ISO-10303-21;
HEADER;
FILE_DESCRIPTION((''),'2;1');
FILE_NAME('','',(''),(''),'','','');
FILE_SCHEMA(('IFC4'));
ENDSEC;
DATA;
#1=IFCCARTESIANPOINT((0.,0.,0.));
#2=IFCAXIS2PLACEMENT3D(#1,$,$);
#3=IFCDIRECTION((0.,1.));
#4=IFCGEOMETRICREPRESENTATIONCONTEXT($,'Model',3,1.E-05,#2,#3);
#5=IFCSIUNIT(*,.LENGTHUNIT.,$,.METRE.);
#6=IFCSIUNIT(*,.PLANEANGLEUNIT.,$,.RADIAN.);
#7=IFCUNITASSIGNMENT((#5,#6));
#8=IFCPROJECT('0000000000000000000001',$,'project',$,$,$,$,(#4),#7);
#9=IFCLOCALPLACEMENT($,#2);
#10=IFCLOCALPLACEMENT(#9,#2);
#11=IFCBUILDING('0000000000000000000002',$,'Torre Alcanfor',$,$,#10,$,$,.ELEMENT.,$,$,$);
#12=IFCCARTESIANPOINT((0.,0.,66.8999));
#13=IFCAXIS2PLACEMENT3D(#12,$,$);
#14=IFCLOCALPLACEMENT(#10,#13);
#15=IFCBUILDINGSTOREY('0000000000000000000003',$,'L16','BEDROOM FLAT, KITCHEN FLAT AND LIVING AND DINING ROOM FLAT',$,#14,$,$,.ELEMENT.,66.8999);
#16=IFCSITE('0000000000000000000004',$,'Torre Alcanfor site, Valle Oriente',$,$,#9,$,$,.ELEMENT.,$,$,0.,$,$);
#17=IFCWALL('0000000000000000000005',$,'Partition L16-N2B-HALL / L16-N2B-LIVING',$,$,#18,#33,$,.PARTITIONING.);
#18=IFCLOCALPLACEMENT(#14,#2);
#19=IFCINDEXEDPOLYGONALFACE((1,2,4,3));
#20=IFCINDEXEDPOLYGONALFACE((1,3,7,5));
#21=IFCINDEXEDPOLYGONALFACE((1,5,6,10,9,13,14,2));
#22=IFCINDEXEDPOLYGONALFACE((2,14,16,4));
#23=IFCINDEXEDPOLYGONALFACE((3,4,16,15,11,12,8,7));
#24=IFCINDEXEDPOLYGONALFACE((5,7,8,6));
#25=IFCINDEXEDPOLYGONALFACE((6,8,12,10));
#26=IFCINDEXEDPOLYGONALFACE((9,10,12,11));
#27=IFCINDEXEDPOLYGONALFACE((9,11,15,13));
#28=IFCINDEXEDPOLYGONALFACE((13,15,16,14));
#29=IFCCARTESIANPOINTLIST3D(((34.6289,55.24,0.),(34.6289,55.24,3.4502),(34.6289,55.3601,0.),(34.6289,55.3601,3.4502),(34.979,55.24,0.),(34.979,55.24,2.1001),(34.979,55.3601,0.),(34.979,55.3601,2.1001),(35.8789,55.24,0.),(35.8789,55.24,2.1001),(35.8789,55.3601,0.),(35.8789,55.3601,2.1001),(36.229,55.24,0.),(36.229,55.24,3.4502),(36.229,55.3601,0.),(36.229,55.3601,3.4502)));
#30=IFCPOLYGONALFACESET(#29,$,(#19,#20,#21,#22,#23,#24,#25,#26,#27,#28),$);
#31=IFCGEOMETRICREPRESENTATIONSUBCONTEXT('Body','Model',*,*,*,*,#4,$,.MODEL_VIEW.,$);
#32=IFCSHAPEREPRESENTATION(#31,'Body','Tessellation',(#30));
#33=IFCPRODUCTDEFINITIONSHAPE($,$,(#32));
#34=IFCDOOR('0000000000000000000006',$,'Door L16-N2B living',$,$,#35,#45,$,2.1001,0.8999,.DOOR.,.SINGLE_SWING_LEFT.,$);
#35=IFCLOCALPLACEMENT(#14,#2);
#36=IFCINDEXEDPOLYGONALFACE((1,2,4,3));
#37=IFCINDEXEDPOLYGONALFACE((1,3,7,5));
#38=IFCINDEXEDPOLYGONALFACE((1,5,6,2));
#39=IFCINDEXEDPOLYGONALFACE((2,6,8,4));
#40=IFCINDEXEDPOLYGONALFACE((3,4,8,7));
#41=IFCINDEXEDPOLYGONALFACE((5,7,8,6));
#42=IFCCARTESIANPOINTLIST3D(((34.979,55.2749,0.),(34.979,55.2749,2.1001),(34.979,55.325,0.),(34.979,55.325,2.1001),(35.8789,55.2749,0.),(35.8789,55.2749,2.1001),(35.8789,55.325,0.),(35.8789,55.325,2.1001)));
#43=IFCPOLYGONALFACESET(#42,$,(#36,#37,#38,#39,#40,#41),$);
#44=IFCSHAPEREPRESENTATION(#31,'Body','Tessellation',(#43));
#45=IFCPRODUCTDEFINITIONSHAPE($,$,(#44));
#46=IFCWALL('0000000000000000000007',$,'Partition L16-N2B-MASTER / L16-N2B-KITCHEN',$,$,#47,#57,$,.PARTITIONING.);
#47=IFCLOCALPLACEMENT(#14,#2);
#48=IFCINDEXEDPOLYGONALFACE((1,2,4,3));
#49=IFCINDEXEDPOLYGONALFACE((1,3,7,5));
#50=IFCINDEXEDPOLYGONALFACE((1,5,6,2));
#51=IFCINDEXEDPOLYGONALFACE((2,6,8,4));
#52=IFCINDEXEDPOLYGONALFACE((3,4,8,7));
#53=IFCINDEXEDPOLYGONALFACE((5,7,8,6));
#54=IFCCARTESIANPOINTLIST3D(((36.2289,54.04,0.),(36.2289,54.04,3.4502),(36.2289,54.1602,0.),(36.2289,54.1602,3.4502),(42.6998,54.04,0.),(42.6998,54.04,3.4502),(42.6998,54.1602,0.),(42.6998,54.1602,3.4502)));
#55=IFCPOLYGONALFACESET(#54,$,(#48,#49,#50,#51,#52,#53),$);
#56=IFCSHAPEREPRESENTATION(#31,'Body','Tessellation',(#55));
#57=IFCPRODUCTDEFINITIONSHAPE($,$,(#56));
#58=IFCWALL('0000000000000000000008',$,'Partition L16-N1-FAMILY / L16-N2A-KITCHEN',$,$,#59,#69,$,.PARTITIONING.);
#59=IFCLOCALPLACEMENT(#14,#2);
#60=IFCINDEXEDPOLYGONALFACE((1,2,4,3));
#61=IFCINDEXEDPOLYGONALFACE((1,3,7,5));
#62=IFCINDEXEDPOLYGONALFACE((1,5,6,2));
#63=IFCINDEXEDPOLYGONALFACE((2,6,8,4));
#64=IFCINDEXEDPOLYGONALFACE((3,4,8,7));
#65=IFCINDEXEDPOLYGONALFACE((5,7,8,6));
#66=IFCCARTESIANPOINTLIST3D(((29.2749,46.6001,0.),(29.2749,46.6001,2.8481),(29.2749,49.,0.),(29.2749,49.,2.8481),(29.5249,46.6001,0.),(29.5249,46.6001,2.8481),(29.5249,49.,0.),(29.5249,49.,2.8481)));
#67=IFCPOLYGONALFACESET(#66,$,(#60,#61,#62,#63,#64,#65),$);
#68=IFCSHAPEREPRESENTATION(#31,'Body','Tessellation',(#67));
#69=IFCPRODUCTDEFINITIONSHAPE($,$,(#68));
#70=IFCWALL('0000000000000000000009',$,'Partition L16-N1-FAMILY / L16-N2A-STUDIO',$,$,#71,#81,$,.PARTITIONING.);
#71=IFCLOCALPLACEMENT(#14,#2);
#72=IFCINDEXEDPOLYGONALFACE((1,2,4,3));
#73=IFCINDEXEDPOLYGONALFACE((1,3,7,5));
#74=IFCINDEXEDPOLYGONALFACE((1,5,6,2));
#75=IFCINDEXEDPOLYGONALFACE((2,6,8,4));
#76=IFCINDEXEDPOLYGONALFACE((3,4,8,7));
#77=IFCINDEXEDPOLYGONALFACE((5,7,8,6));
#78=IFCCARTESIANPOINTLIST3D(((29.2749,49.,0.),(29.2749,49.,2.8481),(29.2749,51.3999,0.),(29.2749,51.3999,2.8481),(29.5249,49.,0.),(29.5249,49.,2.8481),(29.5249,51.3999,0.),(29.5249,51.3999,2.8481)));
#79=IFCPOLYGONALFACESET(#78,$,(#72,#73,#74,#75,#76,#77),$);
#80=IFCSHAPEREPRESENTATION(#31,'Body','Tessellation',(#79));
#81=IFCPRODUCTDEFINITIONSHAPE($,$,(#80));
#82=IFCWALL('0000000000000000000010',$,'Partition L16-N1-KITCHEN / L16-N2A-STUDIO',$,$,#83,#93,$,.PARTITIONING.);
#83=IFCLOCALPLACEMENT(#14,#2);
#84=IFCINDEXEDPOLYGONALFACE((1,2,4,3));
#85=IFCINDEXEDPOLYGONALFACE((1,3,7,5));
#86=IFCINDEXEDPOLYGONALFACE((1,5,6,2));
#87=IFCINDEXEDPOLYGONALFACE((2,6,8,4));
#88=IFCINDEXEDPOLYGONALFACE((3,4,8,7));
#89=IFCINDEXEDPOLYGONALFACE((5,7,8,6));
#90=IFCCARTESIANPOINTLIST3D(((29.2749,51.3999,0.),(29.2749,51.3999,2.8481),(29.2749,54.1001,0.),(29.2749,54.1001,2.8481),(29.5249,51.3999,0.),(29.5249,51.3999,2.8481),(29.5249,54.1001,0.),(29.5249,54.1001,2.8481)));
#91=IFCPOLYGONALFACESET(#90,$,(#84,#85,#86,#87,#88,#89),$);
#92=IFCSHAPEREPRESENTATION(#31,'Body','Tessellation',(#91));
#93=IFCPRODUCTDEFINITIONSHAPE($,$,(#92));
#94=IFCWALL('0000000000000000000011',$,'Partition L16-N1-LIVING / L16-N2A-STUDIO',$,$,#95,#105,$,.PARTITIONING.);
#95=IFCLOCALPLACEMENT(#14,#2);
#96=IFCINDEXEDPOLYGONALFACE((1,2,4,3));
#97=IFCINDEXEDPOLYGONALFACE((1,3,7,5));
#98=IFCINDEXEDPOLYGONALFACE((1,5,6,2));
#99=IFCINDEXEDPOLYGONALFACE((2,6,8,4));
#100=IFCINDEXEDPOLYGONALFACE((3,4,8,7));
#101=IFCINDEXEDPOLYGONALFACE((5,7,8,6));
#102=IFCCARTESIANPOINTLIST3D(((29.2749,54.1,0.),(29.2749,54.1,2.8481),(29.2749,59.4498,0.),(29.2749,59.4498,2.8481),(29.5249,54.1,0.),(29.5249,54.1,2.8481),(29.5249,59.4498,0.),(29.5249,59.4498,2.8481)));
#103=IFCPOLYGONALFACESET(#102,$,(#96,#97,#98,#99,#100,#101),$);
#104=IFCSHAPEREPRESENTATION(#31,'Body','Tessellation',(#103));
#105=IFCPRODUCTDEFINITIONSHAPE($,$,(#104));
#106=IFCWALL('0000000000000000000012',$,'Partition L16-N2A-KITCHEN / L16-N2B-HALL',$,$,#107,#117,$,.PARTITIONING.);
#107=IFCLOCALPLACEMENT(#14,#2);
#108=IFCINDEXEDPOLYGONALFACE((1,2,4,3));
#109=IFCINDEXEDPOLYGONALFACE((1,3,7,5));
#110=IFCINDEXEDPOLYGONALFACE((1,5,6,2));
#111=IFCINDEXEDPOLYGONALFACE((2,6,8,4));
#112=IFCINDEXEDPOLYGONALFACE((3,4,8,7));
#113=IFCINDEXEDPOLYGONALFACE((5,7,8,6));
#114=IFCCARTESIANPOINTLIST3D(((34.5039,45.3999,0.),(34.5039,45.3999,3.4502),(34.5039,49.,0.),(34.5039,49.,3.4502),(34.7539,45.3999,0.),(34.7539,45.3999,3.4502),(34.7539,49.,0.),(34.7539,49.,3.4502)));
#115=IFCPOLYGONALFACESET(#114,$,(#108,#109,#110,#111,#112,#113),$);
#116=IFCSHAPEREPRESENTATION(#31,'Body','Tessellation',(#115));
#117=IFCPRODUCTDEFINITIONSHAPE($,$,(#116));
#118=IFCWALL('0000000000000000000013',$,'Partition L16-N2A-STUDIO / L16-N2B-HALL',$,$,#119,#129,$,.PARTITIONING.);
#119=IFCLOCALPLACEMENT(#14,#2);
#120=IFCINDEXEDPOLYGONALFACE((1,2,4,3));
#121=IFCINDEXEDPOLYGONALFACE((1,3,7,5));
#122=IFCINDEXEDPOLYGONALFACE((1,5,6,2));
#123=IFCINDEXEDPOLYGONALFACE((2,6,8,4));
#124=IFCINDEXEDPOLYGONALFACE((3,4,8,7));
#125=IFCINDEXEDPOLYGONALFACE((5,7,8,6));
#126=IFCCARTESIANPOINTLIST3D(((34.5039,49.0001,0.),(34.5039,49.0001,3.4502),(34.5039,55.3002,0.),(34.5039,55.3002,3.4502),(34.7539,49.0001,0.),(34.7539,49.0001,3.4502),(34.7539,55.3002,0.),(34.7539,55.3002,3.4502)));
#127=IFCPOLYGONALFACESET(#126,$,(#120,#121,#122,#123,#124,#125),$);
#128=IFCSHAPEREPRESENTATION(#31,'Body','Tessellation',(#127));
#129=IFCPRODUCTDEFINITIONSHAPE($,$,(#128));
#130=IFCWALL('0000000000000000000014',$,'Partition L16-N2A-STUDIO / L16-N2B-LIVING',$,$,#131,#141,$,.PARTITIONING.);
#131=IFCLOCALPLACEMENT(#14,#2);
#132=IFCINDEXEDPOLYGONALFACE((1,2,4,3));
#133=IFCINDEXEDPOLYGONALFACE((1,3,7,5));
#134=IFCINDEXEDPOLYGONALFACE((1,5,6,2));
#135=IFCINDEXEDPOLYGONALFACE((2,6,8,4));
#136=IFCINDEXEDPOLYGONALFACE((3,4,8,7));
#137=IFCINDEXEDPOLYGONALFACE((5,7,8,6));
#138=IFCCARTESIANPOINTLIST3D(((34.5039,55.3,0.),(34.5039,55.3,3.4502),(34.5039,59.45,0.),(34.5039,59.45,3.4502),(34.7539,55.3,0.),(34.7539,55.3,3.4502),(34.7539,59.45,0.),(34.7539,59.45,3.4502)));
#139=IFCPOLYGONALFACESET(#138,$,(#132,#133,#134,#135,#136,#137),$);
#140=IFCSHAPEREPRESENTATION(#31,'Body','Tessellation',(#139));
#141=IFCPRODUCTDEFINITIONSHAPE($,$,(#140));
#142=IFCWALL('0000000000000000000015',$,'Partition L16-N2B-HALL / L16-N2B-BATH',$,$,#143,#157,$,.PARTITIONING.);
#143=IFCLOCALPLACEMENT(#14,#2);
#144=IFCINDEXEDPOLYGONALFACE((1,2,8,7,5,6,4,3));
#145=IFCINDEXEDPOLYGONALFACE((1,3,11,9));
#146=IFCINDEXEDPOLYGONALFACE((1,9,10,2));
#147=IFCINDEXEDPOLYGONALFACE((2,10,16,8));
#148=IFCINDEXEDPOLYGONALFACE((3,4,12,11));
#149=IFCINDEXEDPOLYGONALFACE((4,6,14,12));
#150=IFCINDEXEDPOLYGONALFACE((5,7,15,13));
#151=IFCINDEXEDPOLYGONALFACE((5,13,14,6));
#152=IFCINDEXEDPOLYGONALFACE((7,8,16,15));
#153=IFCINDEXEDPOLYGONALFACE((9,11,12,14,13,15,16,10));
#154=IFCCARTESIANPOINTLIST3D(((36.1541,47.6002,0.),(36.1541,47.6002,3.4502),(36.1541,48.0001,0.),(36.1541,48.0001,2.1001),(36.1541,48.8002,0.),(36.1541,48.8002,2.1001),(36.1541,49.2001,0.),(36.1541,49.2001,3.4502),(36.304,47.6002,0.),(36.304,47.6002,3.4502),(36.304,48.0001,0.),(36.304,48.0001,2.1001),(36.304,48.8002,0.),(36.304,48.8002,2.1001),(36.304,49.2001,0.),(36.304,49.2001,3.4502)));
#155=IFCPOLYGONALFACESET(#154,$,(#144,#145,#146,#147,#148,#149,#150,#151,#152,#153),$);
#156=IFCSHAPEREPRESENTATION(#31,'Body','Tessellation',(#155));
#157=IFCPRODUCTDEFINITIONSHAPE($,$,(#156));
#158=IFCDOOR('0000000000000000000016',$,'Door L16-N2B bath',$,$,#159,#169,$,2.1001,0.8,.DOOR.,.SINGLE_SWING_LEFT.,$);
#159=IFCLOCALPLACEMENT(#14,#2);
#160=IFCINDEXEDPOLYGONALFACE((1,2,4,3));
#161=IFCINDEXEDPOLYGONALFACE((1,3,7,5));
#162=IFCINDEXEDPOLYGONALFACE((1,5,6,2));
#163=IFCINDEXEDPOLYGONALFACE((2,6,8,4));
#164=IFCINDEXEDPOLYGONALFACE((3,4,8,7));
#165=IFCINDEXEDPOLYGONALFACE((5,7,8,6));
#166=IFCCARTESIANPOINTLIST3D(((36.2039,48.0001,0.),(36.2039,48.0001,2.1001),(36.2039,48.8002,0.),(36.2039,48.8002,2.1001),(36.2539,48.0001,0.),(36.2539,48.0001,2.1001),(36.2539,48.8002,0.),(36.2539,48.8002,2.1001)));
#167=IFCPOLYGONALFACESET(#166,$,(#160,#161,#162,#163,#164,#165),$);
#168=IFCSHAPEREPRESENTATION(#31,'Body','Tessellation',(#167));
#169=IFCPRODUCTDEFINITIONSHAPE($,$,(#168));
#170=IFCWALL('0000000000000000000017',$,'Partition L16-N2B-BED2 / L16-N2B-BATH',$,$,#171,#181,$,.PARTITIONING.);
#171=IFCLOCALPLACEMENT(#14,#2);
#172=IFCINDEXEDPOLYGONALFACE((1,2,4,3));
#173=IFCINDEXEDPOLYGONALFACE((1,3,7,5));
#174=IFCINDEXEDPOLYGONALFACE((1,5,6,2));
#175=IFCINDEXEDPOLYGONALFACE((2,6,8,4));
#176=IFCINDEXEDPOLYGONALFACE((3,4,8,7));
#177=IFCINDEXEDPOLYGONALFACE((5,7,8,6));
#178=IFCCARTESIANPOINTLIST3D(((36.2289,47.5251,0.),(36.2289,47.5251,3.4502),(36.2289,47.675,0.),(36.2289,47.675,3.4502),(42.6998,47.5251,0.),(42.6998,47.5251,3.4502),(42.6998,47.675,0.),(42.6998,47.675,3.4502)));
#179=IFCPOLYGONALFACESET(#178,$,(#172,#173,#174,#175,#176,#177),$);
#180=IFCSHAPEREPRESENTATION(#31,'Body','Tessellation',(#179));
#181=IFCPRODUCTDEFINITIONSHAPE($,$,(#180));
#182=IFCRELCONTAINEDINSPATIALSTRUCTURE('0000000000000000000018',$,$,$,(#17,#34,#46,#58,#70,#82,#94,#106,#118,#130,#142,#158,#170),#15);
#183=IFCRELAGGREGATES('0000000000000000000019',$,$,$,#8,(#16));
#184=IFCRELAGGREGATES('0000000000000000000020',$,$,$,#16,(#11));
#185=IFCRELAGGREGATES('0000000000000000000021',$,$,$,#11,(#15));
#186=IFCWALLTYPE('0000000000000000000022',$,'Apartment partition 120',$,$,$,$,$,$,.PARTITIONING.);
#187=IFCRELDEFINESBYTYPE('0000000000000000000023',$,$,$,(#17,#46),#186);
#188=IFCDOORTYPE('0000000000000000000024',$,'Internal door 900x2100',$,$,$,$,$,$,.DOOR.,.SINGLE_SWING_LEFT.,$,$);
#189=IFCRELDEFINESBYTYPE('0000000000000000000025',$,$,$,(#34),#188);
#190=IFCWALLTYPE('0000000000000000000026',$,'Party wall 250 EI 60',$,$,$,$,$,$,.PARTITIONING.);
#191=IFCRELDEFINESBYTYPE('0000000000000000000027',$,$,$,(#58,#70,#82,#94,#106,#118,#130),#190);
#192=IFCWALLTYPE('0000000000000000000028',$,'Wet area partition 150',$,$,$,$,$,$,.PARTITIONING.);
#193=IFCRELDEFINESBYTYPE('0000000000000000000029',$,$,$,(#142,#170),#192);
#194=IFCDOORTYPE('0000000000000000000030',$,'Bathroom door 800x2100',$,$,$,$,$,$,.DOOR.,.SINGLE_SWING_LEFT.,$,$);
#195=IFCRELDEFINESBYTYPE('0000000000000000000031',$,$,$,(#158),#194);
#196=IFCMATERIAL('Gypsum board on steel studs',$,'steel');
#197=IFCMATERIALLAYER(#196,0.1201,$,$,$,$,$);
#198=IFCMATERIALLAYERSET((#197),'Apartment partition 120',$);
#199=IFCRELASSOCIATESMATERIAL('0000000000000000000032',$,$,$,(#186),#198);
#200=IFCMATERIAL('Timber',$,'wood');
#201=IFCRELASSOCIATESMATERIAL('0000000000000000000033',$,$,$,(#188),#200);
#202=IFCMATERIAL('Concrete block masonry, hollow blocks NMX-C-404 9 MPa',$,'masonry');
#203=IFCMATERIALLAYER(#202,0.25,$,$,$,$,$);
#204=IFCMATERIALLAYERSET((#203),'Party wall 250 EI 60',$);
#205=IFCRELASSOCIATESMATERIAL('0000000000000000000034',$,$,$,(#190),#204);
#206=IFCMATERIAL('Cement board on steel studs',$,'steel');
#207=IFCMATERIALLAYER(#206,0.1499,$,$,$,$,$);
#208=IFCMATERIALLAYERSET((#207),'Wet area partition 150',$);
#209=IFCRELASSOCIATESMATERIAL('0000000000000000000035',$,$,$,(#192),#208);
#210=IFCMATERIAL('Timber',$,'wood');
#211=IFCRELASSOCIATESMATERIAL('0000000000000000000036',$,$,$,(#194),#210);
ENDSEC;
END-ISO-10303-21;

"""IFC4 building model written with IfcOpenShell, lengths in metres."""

from ifc_helpers import new_model, si_unit, direction, frame, frame_2d, origin, place, context, subcontext, project, spatial, rectangle, extrude, material, layer, layer_set, type_object, element, fill, save


model = new_model("IFC4")

# Units and contexts
model_context = context("Model", 3, precision=1e-05, world=origin(), true_north=direction((0.0, 1.0)))
body_context = subcontext(model_context, "Body", "Model", "MODEL_VIEW")
ifc_project = project(units=[si_unit("LENGTHUNIT", "METRE"), si_unit("PLANEANGLEUNIT", "RADIAN")], contexts=[model_context])

# Site, building, storey
site_placement = place(None, origin())
site = spatial("IfcSite", under=ifc_project, at=site_placement, Name="Torre Alcanfor site, Valle Oriente", CompositionType="ELEMENT", RefElevation=0.0)
building_placement = place(site_placement, origin())
building = spatial("IfcBuilding", under=site, at=building_placement, Name="Torre Alcanfor", CompositionType="ELEMENT")
storey_placement = place(building_placement, frame((0.0, 0.0, 66.8999)))
storey = spatial("IfcBuildingStorey", under=building, at=storey_placement, Name="L16", Description="BEDROOM FLAT, KITCHEN FLAT AND LIVING AND DINING ROOM FLAT", CompositionType="ELEMENT", Elevation=66.8999)

# Shared definitions
ifc_material_1 = material(Name="Gypsum board on steel studs", Category="steel")
ifc_layer_1 = layer(ifc_material_1, 0.1201)
ifc_layer_set_1 = layer_set([ifc_layer_1], Name="Apartment partition 120")
wall_type_1 = type_object("IfcWallType", Name="Apartment partition 120", PredefinedType="PARTITIONING", material=ifc_layer_set_1)

# Shared definitions
ifc_material_2 = material(Name="Timber", Category="wood")
door_type_1 = type_object("IfcDoorType", Name="Internal door 900x2100", OperationType="SINGLE_SWING_LEFT", PredefinedType="DOOR", material=ifc_material_2)

# Wall, opening, door
wall_1_placement = place(storey_placement, frame((34.6289, 55.3, 0.0), z_axis=(0.0, 0.0, 1.0), x_axis=(1.0, 0.0, 0.0)))
wall_1 = element("IfcWall", 1, at=wall_1_placement, inside=storey, type_object=wall_type_1, Name="Partition L16-N2B-HALL / L16-N2B-LIVING", PredefinedType="PARTITIONING", context=body_context, shape_type="SweptSolid", body=[
    extrude(rectangle(XDim=1.6001, YDim=0.1201, at=frame_2d((0.8, 0.0))), origin(), (0.0, 0.0, 1.0), 3.4502),
])
opening_1_placement = place(wall_1_placement, frame((0.3501, 0.0, 0.0)))
opening_1 = element("IfcOpeningElement", 2, at=opening_1_placement, cuts=wall_1, PredefinedType="OPENING", context=body_context, shape_type="SweptSolid", body=[
    extrude(rectangle(XDim=0.8999, YDim=2.1001, at=frame_2d((0.45, 1.05))), frame((0.0, 0.0701, 0.0), z_axis=(0.0, -1.0, 0.0), x_axis=(1.0, 0.0, 0.0)), (0.0, 0.0, 1.0), 0.1401),
])
door_1_placement = place(opening_1_placement, origin())
door_1 = element("IfcDoor", 3, at=door_1_placement, inside=storey, type_object=door_type_1, Name="Door L16-N2B living", OperationType="SINGLE_SWING_LEFT", OverallHeight=2.1001, OverallWidth=0.8999, PredefinedType="DOOR", context=body_context, shape_type="SweptSolid", body=[
    extrude(rectangle(XDim=0.8999, YDim=2.1001, at=frame_2d((0.45, 1.05))), frame((0.0, 0.0249, 0.0), z_axis=(0.0, -1.0, 0.0), x_axis=(1.0, 0.0, 0.0)), (0.0, 0.0, 1.0), 0.05),
])
fill(opening_1, door_1)

# Walls
wall_2_placement = place(storey_placement, frame((36.229, 54.1001, 0.0), z_axis=(0.0, 0.0, 1.0), x_axis=(1.0, 0.0, 0.0)))
element("IfcWall", 4, at=wall_2_placement, inside=storey, type_object=wall_type_1, Name="Partition L16-N2B-MASTER / L16-N2B-KITCHEN", PredefinedType="PARTITIONING", context=body_context, shape_type="SweptSolid", body=[
    extrude(rectangle(XDim=6.4709, YDim=0.1201, at=frame_2d((3.2354, 0.0))), origin(), (0.0, 0.0, 1.0), 3.4502),
])
ifc_material_3 = material(Name="Concrete block masonry, hollow blocks NMX-C-404 9 MPa", Category="masonry")
ifc_layer_2 = layer(ifc_material_3, 0.25)
ifc_layer_set_2 = layer_set([ifc_layer_2], Name="Party wall 250 EI 60")
wall_type_2 = type_object("IfcWallType", Name="Party wall 250 EI 60", PredefinedType="PARTITIONING", material=ifc_layer_set_2)
for number, where, z_axis, x_axis, name in (
    (5, (29.3999, 46.6001, 0.0), (0.0, 0.0, 1.0), (0.0, 1.0, 0.0), "Partition L16-N1-FAMILY / L16-N2A-KITCHEN"),
    (6, (29.3999, 49.0, 0.0), (0.0, 0.0, 1.0), (0.0, 1.0, 0.0), "Partition L16-N1-FAMILY / L16-N2A-STUDIO"),
):
    element("IfcWall", number, at=place(storey_placement, frame(where, z_axis=z_axis, x_axis=x_axis)), inside=storey, type_object=wall_type_2, Name=name, PredefinedType="PARTITIONING", context=body_context, shape_type="SweptSolid", body=[
        extrude(rectangle(XDim=2.3999, YDim=0.25, at=frame_2d((1.2, 0.0))), origin(), (0.0, 0.0, 1.0), 2.8481),
    ])
wall_3_placement = place(storey_placement, frame((29.3999, 51.3999, 0.0), z_axis=(0.0, 0.0, 1.0), x_axis=(0.0, 1.0, 0.0)))
element("IfcWall", 7, at=wall_3_placement, inside=storey, type_object=wall_type_2, Name="Partition L16-N1-KITCHEN / L16-N2A-STUDIO", PredefinedType="PARTITIONING", context=body_context, shape_type="SweptSolid", body=[
    extrude(rectangle(XDim=2.7002, YDim=0.25, at=frame_2d((1.3501, 0.0))), origin(), (0.0, 0.0, 1.0), 2.8481),
])
wall_4_placement = place(storey_placement, frame((29.3999, 54.1001, 0.0), z_axis=(0.0, 0.0, 1.0), x_axis=(0.0, 1.0, 0.0)))
element("IfcWall", 8, at=wall_4_placement, inside=storey, type_object=wall_type_2, Name="Partition L16-N1-LIVING / L16-N2A-STUDIO", PredefinedType="PARTITIONING", context=body_context, shape_type="SweptSolid", body=[
    extrude(rectangle(XDim=5.3499, YDim=0.25, at=frame_2d((2.6748, 0.0))), origin(), (0.0, 0.0, 1.0), 2.8481),
])
wall_5_placement = place(storey_placement, frame((34.6289, 49.0, 0.0), z_axis=(0.0, 0.0, 1.0), x_axis=(0.0, -1.0, 0.0)))
element("IfcWall", 9, at=wall_5_placement, inside=storey, type_object=wall_type_2, Name="Partition L16-N2A-KITCHEN / L16-N2B-HALL", PredefinedType="PARTITIONING", context=body_context, shape_type="SweptSolid", body=[
    extrude(rectangle(XDim=3.6001, YDim=0.25, at=frame_2d((1.8, 0.0))), origin(), (0.0, 0.0, 1.0), 3.4502),
])
wall_6_placement = place(storey_placement, frame((34.6289, 55.3, 0.0), z_axis=(0.0, 0.0, 1.0), x_axis=(0.0, -1.0, 0.0)))
element("IfcWall", 10, at=wall_6_placement, inside=storey, type_object=wall_type_2, Name="Partition L16-N2A-STUDIO / L16-N2B-HALL", PredefinedType="PARTITIONING", context=body_context, shape_type="SweptSolid", body=[
    extrude(rectangle(XDim=6.3, YDim=0.25, at=frame_2d((3.1499, 0.0))), origin(), (0.0, 0.0, 1.0), 3.4502),
])
wall_7_placement = place(storey_placement, frame((34.6289, 59.45, 0.0), z_axis=(0.0, 0.0, 1.0), x_axis=(0.0, -1.0, 0.0)))
element("IfcWall", 11, at=wall_7_placement, inside=storey, type_object=wall_type_2, Name="Partition L16-N2A-STUDIO / L16-N2B-LIVING", PredefinedType="PARTITIONING", context=body_context, shape_type="SweptSolid", body=[
    extrude(rectangle(XDim=4.1499, YDim=0.25, at=frame_2d((2.075, 0.0))), origin(), (0.0, 0.0, 1.0), 3.4502),
])

# Wall, opening, door
ifc_material_4 = material(Name="Cement board on steel studs", Category="steel")
ifc_layer_3 = layer(ifc_material_4, 0.1499)
ifc_layer_set_3 = layer_set([ifc_layer_3], Name="Wet area partition 150")
wall_type_3 = type_object("IfcWallType", Name="Wet area partition 150", PredefinedType="PARTITIONING", material=ifc_layer_set_3)
wall_8_placement = place(storey_placement, frame((36.229, 49.2, 0.0), z_axis=(0.0, 0.0, 1.0), x_axis=(0.0, -1.0, 0.0)))
wall_8 = element("IfcWall", 12, at=wall_8_placement, inside=storey, type_object=wall_type_3, Name="Partition L16-N2B-HALL / L16-N2B-BATH", PredefinedType="PARTITIONING", context=body_context, shape_type="SweptSolid", body=[
    extrude(rectangle(XDim=1.5999, YDim=0.1499, at=frame_2d((0.7998, 0.0))), origin(), (0.0, 0.0, 1.0), 3.4502),
])
opening_2_placement = place(wall_8_placement, frame((0.3999, 0.0, 0.0)))
opening_2 = element("IfcOpeningElement", 13, at=opening_2_placement, cuts=wall_8, PredefinedType="OPENING", context=body_context, shape_type="SweptSolid", body=[
    extrude(rectangle(XDim=0.8, YDim=2.1001, at=frame_2d((0.3999, 1.05))), frame((0.0, 0.085, 0.0), z_axis=(0.0, -1.0, 0.0), x_axis=(1.0, 0.0, 0.0)), (0.0, 0.0, 1.0), 0.1699),
])
ifc_material_5 = material(Name="Timber", Category="wood")
door_type_2 = type_object("IfcDoorType", Name="Bathroom door 800x2100", OperationType="SINGLE_SWING_LEFT", PredefinedType="DOOR", material=ifc_material_5)
door_2_placement = place(opening_2_placement, origin())
door_2 = element("IfcDoor", 14, at=door_2_placement, inside=storey, type_object=door_type_2, Name="Door L16-N2B bath", OperationType="SINGLE_SWING_LEFT", OverallHeight=2.1001, OverallWidth=0.8, PredefinedType="DOOR", context=body_context, shape_type="SweptSolid", body=[
    extrude(rectangle(XDim=0.8, YDim=2.1001, at=frame_2d((0.3999, 1.05))), frame((0.0, 0.0249, 0.0), z_axis=(0.0, -1.0, 0.0), x_axis=(1.0, 0.0, 0.0)), (0.0, 0.0, 1.0), 0.05),
])
fill(opening_2, door_2)

# Wall
for number, where, z_axis, x_axis, name in (
    (15, (36.229, 47.6001, 0.0), (0.0, 0.0, 1.0), (1.0, 0.0, 0.0), "Partition L16-N2B-BED2 / L16-N2B-BATH"),
):
    element("IfcWall", number, at=place(storey_placement, frame(where, z_axis=z_axis, x_axis=x_axis)), inside=storey, type_object=wall_type_3, Name=name, PredefinedType="PARTITIONING", context=body_context, shape_type="SweptSolid", body=[
        extrude(rectangle(XDim=6.4709, YDim=0.1499, at=frame_2d((3.2354, 0.0))), origin(), (0.0, 0.0, 1.0), 3.4502),
    ])

save(model, "model.ifc")
